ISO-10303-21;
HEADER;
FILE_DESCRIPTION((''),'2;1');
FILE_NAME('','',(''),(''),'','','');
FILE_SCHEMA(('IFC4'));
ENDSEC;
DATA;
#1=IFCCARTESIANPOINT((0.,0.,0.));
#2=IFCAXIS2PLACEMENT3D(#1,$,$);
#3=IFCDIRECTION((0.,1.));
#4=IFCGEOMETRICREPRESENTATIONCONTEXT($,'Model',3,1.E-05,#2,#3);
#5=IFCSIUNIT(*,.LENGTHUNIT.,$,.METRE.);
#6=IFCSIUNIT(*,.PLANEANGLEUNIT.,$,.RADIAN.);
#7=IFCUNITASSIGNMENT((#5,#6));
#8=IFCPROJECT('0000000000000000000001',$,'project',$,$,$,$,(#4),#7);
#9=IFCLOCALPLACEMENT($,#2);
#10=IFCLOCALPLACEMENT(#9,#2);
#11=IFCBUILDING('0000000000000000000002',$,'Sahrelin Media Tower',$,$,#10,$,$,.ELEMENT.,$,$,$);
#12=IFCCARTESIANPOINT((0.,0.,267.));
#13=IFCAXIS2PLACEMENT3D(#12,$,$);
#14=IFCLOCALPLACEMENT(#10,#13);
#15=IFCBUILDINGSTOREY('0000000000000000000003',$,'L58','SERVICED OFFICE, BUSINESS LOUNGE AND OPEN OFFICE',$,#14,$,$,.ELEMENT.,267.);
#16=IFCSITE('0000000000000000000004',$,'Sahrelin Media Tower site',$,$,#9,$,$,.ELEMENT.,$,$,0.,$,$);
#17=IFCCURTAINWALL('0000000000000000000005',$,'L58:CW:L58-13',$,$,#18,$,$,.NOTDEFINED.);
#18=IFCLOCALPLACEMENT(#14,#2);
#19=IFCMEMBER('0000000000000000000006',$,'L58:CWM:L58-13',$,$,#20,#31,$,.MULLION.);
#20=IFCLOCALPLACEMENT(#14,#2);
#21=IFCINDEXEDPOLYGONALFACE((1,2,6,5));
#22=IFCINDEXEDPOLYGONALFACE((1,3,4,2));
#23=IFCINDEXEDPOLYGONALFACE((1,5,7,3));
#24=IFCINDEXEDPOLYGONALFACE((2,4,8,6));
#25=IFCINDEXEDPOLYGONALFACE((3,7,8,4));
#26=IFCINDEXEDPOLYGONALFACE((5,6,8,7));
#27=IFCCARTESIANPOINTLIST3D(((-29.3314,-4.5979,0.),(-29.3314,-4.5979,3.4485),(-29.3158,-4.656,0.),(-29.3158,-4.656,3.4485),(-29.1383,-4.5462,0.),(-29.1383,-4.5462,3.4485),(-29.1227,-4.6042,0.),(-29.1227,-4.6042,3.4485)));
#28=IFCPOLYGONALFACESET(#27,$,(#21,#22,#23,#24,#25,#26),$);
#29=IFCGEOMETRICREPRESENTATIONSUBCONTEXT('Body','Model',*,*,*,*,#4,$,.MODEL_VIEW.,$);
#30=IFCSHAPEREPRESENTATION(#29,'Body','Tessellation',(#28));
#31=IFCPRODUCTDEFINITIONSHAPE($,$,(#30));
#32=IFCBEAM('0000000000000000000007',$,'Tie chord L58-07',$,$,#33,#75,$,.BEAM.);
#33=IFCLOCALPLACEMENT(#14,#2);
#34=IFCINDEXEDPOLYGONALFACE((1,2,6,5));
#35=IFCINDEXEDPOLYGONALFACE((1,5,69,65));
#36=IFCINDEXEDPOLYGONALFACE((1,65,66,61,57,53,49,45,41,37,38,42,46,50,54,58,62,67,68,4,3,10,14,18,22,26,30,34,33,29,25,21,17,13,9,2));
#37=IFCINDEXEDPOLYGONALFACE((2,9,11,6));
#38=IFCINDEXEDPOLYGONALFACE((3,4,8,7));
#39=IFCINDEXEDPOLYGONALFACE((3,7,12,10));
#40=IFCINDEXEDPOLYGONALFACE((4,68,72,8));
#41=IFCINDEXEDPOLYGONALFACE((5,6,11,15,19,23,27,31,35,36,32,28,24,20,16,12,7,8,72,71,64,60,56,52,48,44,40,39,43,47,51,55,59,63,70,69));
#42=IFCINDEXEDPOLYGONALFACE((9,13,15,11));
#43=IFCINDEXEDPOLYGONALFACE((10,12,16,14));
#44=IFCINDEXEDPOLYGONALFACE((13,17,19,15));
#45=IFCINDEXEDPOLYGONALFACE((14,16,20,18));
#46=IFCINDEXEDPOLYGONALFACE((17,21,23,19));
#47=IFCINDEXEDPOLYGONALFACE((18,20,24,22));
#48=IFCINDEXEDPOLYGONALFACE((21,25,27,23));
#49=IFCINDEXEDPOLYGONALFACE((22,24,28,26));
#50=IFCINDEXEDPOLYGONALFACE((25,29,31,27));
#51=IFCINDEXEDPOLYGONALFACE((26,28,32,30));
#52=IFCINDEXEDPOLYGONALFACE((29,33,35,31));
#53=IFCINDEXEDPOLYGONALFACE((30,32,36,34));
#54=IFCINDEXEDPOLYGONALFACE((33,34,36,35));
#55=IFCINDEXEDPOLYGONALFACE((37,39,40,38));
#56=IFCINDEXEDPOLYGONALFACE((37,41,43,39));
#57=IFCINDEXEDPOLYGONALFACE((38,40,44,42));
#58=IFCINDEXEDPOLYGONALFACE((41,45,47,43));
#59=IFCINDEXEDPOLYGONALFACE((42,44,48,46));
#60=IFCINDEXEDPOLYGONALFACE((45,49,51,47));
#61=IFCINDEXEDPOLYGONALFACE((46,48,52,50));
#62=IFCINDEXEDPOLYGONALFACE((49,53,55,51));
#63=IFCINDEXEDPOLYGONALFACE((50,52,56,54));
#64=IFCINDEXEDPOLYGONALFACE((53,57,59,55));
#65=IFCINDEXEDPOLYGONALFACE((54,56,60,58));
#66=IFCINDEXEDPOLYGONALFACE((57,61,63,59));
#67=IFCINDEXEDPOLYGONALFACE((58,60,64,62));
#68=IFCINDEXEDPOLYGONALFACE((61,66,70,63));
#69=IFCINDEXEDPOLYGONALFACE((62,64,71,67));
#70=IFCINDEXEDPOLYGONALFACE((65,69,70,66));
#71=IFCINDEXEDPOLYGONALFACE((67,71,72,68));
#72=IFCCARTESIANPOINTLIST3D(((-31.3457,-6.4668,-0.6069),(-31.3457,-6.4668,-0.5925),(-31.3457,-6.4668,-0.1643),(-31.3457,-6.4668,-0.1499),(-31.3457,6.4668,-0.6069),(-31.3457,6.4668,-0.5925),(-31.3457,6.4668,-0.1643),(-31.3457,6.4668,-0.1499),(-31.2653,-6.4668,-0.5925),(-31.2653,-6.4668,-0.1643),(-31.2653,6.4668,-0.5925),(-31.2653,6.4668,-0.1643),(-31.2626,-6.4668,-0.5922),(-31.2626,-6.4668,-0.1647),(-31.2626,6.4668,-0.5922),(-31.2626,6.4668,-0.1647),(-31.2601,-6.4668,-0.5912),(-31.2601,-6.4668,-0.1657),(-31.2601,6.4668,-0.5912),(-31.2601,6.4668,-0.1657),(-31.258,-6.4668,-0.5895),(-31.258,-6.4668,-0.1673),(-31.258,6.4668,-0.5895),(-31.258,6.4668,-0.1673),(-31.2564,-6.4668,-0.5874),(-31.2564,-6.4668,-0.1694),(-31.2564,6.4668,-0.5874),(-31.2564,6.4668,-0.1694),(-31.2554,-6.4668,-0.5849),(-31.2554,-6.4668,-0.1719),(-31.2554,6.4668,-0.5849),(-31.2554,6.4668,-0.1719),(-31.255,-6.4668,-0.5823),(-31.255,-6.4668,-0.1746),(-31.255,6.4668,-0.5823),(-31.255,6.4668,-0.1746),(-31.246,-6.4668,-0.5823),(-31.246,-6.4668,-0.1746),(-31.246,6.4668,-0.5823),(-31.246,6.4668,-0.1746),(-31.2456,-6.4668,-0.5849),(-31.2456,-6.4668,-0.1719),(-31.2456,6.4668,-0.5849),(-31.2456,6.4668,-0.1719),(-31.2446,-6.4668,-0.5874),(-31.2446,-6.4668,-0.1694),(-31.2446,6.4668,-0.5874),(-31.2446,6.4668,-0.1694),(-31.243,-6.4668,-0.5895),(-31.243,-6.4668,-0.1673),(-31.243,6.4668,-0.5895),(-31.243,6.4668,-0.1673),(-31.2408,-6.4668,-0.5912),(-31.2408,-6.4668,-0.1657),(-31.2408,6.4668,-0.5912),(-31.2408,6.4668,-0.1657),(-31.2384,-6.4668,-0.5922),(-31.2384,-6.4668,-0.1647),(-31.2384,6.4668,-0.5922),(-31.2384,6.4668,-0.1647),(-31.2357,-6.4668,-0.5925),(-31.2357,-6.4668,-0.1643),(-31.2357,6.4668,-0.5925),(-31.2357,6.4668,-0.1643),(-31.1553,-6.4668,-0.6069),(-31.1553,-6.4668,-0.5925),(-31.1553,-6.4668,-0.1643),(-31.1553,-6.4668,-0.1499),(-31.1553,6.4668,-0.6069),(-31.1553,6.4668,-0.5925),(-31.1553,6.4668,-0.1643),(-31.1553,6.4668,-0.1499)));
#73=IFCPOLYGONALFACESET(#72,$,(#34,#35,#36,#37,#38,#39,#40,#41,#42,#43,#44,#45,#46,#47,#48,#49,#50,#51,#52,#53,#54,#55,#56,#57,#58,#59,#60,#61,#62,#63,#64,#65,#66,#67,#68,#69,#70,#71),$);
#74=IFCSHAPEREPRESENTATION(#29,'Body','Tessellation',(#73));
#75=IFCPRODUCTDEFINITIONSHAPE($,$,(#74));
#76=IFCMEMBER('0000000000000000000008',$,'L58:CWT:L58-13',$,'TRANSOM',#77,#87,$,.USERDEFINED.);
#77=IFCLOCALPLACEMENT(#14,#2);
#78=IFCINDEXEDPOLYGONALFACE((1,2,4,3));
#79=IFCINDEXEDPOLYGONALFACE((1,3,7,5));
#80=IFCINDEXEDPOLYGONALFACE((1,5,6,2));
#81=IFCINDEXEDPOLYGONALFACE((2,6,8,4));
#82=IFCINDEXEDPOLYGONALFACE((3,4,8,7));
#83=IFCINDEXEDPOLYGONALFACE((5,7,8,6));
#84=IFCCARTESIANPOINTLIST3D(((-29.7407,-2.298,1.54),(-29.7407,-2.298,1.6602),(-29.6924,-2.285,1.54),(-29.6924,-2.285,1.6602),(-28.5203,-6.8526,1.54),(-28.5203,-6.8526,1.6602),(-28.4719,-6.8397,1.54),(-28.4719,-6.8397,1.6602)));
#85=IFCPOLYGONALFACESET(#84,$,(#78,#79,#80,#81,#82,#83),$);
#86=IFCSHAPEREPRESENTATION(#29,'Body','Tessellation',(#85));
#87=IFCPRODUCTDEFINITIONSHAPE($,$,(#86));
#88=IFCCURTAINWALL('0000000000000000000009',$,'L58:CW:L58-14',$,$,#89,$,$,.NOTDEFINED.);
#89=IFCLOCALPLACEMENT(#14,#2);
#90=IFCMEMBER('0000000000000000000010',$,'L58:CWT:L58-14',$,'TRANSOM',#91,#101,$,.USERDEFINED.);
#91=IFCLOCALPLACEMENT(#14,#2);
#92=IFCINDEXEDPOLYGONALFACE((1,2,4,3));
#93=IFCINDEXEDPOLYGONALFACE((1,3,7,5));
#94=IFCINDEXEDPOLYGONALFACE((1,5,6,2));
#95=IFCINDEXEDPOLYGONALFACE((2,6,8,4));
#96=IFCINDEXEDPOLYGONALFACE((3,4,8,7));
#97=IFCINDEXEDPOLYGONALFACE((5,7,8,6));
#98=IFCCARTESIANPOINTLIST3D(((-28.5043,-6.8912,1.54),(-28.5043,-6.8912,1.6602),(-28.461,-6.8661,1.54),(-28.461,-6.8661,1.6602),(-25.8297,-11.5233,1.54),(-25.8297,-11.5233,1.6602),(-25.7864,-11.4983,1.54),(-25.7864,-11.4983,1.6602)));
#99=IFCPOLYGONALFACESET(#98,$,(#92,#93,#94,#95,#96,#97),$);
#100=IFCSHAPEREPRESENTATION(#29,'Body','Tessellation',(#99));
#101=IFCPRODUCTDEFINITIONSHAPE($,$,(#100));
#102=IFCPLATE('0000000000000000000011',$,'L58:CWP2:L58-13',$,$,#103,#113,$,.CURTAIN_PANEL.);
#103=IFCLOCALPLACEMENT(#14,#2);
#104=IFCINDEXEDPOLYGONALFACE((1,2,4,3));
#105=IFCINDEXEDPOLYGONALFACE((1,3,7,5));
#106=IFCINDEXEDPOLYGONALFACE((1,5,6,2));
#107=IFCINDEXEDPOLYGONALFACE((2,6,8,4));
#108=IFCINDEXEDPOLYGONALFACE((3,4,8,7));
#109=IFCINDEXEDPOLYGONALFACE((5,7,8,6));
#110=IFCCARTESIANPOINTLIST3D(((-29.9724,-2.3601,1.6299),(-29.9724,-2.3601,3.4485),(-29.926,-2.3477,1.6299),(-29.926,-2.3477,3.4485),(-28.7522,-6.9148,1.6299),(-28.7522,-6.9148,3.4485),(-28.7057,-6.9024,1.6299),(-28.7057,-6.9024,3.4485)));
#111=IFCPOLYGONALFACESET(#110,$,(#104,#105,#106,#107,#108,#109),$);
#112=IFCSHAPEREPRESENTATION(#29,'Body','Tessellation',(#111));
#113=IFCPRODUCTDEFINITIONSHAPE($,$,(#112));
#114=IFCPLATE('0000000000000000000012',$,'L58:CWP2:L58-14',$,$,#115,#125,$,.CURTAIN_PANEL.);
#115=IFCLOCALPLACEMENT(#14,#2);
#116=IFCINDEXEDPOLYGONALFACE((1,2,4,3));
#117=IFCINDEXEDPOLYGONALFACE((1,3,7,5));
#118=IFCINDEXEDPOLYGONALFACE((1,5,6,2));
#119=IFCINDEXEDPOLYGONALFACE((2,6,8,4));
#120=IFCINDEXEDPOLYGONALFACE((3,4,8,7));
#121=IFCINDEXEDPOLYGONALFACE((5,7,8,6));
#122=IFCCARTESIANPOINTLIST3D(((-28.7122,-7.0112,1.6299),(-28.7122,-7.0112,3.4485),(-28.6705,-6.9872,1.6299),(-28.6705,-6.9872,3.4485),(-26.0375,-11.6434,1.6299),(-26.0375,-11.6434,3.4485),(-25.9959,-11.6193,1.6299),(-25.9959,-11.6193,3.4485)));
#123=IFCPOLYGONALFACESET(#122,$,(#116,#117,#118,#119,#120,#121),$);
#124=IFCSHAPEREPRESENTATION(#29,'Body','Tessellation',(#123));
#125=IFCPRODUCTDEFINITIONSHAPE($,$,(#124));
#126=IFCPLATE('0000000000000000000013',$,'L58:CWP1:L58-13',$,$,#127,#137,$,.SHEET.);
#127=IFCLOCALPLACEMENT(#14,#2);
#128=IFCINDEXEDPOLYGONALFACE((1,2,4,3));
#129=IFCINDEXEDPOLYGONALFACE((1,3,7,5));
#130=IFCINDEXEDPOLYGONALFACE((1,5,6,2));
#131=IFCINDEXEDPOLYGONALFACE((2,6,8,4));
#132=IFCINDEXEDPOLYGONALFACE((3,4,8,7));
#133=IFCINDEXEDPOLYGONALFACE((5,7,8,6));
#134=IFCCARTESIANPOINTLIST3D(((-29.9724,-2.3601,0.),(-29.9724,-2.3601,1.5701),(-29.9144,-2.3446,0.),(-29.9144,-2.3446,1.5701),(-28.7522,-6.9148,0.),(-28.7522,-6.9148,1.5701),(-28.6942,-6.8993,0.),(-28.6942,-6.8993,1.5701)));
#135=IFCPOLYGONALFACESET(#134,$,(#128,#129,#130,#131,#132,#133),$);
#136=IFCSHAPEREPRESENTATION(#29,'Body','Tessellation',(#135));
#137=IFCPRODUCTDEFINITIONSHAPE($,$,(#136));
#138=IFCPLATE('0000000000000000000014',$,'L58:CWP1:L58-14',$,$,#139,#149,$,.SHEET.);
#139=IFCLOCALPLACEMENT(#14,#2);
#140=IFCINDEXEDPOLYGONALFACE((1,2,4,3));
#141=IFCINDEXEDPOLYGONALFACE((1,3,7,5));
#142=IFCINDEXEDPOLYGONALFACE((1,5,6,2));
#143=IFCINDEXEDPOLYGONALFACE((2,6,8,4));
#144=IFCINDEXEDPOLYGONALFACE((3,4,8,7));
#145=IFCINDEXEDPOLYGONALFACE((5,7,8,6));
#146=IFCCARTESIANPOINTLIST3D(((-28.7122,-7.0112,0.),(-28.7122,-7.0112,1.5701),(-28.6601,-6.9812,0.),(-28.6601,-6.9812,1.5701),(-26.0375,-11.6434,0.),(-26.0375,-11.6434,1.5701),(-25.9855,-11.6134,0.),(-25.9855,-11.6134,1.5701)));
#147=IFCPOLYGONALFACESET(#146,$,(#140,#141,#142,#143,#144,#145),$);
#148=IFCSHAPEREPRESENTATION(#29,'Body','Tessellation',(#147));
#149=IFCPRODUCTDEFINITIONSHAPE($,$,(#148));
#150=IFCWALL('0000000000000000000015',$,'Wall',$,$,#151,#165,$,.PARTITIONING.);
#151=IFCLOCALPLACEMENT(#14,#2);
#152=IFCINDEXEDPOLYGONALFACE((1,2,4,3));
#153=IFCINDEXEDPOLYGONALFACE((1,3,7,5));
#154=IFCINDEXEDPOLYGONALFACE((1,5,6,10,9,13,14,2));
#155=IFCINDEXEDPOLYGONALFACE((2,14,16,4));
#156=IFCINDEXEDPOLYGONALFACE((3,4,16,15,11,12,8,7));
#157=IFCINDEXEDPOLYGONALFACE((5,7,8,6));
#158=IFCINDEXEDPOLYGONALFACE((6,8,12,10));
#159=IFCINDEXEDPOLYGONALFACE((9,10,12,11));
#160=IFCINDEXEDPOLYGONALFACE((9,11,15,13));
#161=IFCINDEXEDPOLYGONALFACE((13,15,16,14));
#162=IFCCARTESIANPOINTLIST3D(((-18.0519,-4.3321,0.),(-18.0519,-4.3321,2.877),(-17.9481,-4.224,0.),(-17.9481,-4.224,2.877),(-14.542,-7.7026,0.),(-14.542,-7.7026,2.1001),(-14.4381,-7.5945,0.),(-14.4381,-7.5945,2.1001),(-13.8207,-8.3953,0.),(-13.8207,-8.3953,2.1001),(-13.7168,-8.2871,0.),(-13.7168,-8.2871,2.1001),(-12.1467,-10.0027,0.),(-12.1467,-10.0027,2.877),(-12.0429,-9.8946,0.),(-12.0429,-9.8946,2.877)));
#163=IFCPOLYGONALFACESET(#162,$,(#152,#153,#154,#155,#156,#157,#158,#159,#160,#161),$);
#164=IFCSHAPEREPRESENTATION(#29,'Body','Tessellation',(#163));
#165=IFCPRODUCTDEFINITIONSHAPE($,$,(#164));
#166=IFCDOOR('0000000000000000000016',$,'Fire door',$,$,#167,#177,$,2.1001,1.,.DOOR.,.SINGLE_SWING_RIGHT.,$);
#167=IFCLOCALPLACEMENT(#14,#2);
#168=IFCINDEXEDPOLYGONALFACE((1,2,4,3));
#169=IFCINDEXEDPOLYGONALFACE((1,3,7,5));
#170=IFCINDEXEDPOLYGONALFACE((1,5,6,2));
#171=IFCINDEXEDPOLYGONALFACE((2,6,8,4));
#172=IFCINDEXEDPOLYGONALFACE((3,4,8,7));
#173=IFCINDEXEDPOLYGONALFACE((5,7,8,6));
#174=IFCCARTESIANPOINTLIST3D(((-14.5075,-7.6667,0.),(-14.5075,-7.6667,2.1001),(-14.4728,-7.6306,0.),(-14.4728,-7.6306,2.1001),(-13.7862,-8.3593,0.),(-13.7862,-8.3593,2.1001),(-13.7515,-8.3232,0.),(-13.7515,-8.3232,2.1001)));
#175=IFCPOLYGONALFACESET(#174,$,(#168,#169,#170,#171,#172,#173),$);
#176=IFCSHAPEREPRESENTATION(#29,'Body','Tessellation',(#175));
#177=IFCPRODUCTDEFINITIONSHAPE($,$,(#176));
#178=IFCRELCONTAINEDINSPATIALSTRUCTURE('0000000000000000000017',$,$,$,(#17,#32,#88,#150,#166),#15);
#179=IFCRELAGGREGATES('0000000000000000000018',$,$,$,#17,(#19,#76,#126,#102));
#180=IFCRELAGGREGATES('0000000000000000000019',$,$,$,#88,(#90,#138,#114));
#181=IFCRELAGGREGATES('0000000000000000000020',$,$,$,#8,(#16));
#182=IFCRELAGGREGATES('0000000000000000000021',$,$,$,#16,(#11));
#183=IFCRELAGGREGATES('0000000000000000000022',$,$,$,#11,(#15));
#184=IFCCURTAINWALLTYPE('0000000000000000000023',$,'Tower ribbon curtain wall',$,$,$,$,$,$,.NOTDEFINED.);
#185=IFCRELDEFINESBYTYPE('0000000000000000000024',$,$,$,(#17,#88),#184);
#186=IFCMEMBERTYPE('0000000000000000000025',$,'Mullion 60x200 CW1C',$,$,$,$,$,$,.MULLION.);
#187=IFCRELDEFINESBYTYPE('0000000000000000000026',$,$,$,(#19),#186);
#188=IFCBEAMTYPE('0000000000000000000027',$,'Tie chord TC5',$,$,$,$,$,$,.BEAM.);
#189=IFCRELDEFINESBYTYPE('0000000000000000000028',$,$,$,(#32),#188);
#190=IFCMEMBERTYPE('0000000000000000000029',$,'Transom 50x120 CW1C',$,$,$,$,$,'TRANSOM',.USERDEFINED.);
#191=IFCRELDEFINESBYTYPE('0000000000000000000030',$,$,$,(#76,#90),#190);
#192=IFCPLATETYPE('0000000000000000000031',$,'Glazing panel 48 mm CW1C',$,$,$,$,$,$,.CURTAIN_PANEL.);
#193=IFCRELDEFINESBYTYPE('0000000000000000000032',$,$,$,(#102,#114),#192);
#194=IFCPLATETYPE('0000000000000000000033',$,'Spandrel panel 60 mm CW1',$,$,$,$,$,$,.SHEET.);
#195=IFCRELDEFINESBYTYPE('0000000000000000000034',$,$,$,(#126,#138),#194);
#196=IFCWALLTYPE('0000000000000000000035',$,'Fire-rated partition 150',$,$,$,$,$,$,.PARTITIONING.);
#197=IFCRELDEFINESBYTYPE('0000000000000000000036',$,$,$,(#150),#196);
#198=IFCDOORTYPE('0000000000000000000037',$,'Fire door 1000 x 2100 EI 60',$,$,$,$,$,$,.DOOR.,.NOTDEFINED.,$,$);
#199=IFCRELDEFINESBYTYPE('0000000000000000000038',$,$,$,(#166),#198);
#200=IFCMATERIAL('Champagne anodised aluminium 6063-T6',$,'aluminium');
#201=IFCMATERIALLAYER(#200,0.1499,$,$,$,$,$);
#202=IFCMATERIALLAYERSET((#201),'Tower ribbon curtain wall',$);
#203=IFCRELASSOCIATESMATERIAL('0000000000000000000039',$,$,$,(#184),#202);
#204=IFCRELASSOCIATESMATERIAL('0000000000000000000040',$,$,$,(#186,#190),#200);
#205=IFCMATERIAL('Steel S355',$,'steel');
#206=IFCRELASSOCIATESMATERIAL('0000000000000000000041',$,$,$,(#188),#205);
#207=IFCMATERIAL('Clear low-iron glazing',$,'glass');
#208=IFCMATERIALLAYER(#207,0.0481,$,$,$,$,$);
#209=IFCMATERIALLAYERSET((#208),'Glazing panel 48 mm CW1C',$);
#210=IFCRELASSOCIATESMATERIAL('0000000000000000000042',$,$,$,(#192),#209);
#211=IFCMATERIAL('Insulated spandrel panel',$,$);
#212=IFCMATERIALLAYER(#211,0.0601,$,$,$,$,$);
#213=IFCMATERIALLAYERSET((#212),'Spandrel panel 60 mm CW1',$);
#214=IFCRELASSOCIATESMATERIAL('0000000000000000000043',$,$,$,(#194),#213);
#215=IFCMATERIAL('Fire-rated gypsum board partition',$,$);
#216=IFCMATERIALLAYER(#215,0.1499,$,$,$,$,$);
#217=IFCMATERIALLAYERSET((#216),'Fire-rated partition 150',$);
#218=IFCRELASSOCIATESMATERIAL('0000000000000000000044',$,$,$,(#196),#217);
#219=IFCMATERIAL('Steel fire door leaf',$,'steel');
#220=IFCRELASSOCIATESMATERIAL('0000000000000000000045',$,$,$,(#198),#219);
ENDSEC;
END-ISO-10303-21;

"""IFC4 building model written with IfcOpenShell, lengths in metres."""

from ifc_helpers import new_model, si_unit, direction, frame, frame_2d, origin, origin_2d, place, context, subcontext, project, spatial, polyline, rectangle, i_section, outline, extrude, material, layer, layer_set, material_profile, profile_set, type_object, element, fill, aggregate, save


model = new_model("IFC4")

# Units and contexts
model_context = context("Model", 3, precision=1e-05, world=origin(), true_north=direction((0.0, 1.0)))
body_context = subcontext(model_context, "Body", "Model", "MODEL_VIEW")
ifc_project = project(units=[si_unit("LENGTHUNIT", "METRE"), si_unit("PLANEANGLEUNIT", "RADIAN")], contexts=[model_context])

# Site, building, storey
site_placement = place(None, origin())
site = spatial("IfcSite", under=ifc_project, at=site_placement, Name="Sahrelin Media Tower site", CompositionType="ELEMENT", RefElevation=0.0)
building_placement = place(site_placement, origin())
building = spatial("IfcBuilding", under=site, at=building_placement, Name="Sahrelin Media Tower", CompositionType="ELEMENT")
storey_placement = place(building_placement, frame((0.0, 0.0, 267.0)))
storey = spatial("IfcBuildingStorey", under=building, at=storey_placement, Name="L58", Description="SERVICED OFFICE, BUSINESS LOUNGE AND OPEN OFFICE", CompositionType="ELEMENT", Elevation=267.0)

# Shared definitions
ifc_material_1 = material(Name="Steel S355", Category="steel")

# Curtain wall, member
ifc_material_2 = material(Name="Champagne anodised aluminium 6063-T6", Category="aluminium")
ifc_layer_1 = layer(ifc_material_2, 0.1499)
ifc_layer_set_1 = layer_set([ifc_layer_1], Name="Tower ribbon curtain wall")
curtain_wall_type = type_object("IfcCurtainWallType", Name="Tower ribbon curtain wall", PredefinedType="NOTDEFINED", material=ifc_layer_set_1)
ifc_material_profile_1 = material_profile(ifc_material_2, rectangle(XDim=0.0601, YDim=0.2, at=origin_2d()), Name="Mullion 60x200")
ifc_profile_set_1 = profile_set([ifc_material_profile_1], Name="Champagne anodised aluminium 6063-T6")
member_type_1 = type_object("IfcMemberType", Name="Mullion 60x200 CW1C", PredefinedType="MULLION", material=ifc_profile_set_1)
curtain_wall_1_placement = place(storey_placement, frame((-29.343, -4.6321, 0.0), z_axis=(0.0, 0.0, 1.0), x_axis=(1.0, 0.0, 0.0)))
curtain_wall_1 = element("IfcCurtainWall", 1, at=curtain_wall_1_placement, inside=storey, type_object=curtain_wall_type, Name="L58:CW:L58-13", PredefinedType="NOTDEFINED")
member_1_placement = place(storey_placement, frame((-29.2271, -4.6011, 0.0), z_axis=(0.0, 0.0, 1.0), x_axis=(0.258812, -0.965928, 0.0)))
member_1 = element("IfcMember", 2, at=member_1_placement, type_object=member_type_1, Name="L58:CWM:L58-13", PredefinedType="MULLION", context=body_context, shape_type="SweptSolid", body=[
    extrude(rectangle(XDim=0.0601, YDim=0.2, at=origin_2d()), origin(), (0.0, 0.0, 1.0), 3.4485),
])

# Beam
ifc_material_profile_2 = material_profile(ifc_material_1, i_section(OverallWidth=0.1904, OverallDepth=0.457, WebThickness=0.009, FlangeThickness=0.0144, FilletRadius=0.0103, at=origin_2d()), Name="UB 457x191x74")
ifc_profile_set_2 = profile_set([ifc_material_profile_2], Name="Steel S355")
beam_type_1 = type_object("IfcBeamType", Name="Tie chord TC5", PredefinedType="BEAM", material=ifc_profile_set_2)
beam_1_placement = place(storey_placement, frame((-31.2505, -6.4668, -0.3784), z_axis=(0.0, 1.0, 0.0), x_axis=(-1.0, 0.0, 0.0)))
element("IfcBeam", 3, at=beam_1_placement, inside=storey, type_object=beam_type_1, Name="Tie chord L58-07", PredefinedType="BEAM", context=body_context, shape_type="SweptSolid", body=[
    extrude(i_section(OverallWidth=0.1904, OverallDepth=0.457, WebThickness=0.009, FlangeThickness=0.0144, FilletRadius=0.0103, at=origin_2d()), origin(), (0.0, 0.0, 1.0), 12.9336),
])

# Member
ifc_material_profile_3 = material_profile(ifc_material_2, rectangle(XDim=0.05, YDim=0.1201, at=origin_2d()), Name="Transom 50x120")
ifc_profile_set_3 = profile_set([ifc_material_profile_3], Name="Champagne anodised aluminium 6063-T6")
member_type_2 = type_object("IfcMemberType", Name="Transom 50x120 CW1C", ElementType="TRANSOM", PredefinedType="USERDEFINED", material=ifc_profile_set_3)
member_2_placement = place(storey_placement, frame((-29.7166, -2.2915, 1.6001), z_axis=(0.258826, -0.965924, 0.0), x_axis=(0.965924, 0.258826, 0.0)))
member_2 = element("IfcMember", 4, at=member_2_placement, type_object=member_type_2, Name="L58:CWT:L58-13", ObjectType="TRANSOM", PredefinedType="USERDEFINED", context=body_context, shape_type="SweptSolid", body=[
    extrude(rectangle(XDim=0.05, YDim=0.1201, at=origin_2d()), origin(), (0.0, 0.0, 1.0), 4.7153),
])

# Curtain wall, member
curtain_wall_2_placement = place(storey_placement, frame((-27.3577, -9.3174, 0.0), z_axis=(0.0, 0.0, 1.0), x_axis=(1.0, 0.0, 0.0)))
curtain_wall_2 = element("IfcCurtainWall", 5, at=curtain_wall_2_placement, inside=storey, type_object=curtain_wall_type, Name="L58:CW:L58-14", PredefinedType="NOTDEFINED")
member_3_placement = place(storey_placement, frame((-28.4827, -6.8787, 1.6001), z_axis=(0.500032, -0.866007, 0.0), x_axis=(0.866007, 0.500032, 0.0)))
member_3 = element("IfcMember", 6, at=member_3_placement, type_object=member_type_2, Name="L58:CWT:L58-14", ObjectType="TRANSOM", PredefinedType="USERDEFINED", context=body_context, shape_type="SweptSolid", body=[
    extrude(rectangle(XDim=0.05, YDim=0.1201, at=origin_2d()), origin(), (0.0, 0.0, 1.0), 5.3489),
])

# Plates
ifc_material_3 = material(Name="Clear low-iron glazing", Category="glass")
ifc_layer_2 = layer(ifc_material_3, 0.0481)
ifc_layer_set_2 = layer_set([ifc_layer_2], Name="Glazing panel 48 mm CW1C")
plate_type_1 = type_object("IfcPlateType", Name="Glazing panel 48 mm CW1C", PredefinedType="CURTAIN_PANEL", material=ifc_layer_set_2)
plate_1_placement = place(storey_placement, frame((-29.9724, -2.3601, 1.6299), z_axis=(-0.965937, -0.258777, 0.0), x_axis=(0.258777, -0.965937, 0.0)))
plate_1 = element("IfcPlate", 7, at=plate_1_placement, type_object=plate_type_1, Name="L58:CWP2:L58-13", PredefinedType="CURTAIN_PANEL", context=body_context, shape_type="SweptSolid", body=[
    extrude(outline(polyline([(0.0, 0.0), (4.7153, 0.0), (4.7153, 1.8186), (0.0, 1.8186), (0.0, 0.0)])), origin(), (0.0, 0.0, -1.0), 0.0481),
])
plate_2_placement = place(storey_placement, frame((-28.7122, -7.0112, 1.6299), z_axis=(-0.866007, -0.500032, 0.0), x_axis=(0.500032, -0.866007, 0.0)))
plate_2 = element("IfcPlate", 8, at=plate_2_placement, type_object=plate_type_1, Name="L58:CWP2:L58-14", PredefinedType="CURTAIN_PANEL", context=body_context, shape_type="SweptSolid", body=[
    extrude(outline(polyline([(0.0, 0.0), (5.3489, 0.0), (5.3489, 1.8186), (0.0, 1.8186), (0.0, 0.0)])), origin(), (0.0, 0.0, -1.0), 0.0481),
])
ifc_material_4 = material(Name="Insulated spandrel panel")
ifc_layer_3 = layer(ifc_material_4, 0.0601)
ifc_layer_set_3 = layer_set([ifc_layer_3], Name="Spandrel panel 60 mm CW1")
plate_type_2 = type_object("IfcPlateType", Name="Spandrel panel 60 mm CW1", PredefinedType="SHEET", material=ifc_layer_set_3)
plate_3_placement = place(storey_placement, frame((-29.9724, -2.3601, 0.0), z_axis=(-0.965937, -0.258777, 0.0), x_axis=(0.258777, -0.965937, 0.0)))
plate_3 = element("IfcPlate", 9, at=plate_3_placement, type_object=plate_type_2, Name="L58:CWP1:L58-13", PredefinedType="SHEET", context=body_context, shape_type="SweptSolid", body=[
    extrude(outline(polyline([(0.0, 0.0), (4.7153, 0.0), (4.7153, 1.5701), (0.0, 1.5701), (0.0, 0.0)])), origin(), (0.0, 0.0, -1.0), 0.0601),
])
aggregate(curtain_wall_1, [member_1, member_2, plate_3, plate_1])
plate_4_placement = place(storey_placement, frame((-28.7122, -7.0112, 0.0), z_axis=(-0.866007, -0.500032, 0.0), x_axis=(0.500032, -0.866007, 0.0)))
plate_4 = element("IfcPlate", 10, at=plate_4_placement, type_object=plate_type_2, Name="L58:CWP1:L58-14", PredefinedType="SHEET", context=body_context, shape_type="SweptSolid", body=[
    extrude(outline(polyline([(0.0, 0.0), (5.3489, 0.0), (5.3489, 1.5701), (0.0, 1.5701), (0.0, 0.0)])), origin(), (0.0, 0.0, -1.0), 0.0601),
])
aggregate(curtain_wall_2, [member_3, plate_4, plate_2])

# Wall, opening, door
ifc_material_5 = material(Name="Fire-rated gypsum board partition")
ifc_layer_4 = layer(ifc_material_5, 0.1499)
ifc_layer_set_4 = layer_set([ifc_layer_4], Name="Fire-rated partition 150")
wall_type_1 = type_object("IfcWallType", Name="Fire-rated partition 150", PredefinedType="PARTITIONING", material=ifc_layer_set_4)
wall_1_placement = place(storey_placement, frame((-18.0, -4.2781, 0.0), z_axis=(0.0, 0.0, 1.0), x_axis=(0.72129, -0.692633, 0.0)))
wall_1 = element("IfcWall", 11, at=wall_1_placement, inside=storey, type_object=wall_type_1, Name="Wall", PredefinedType="PARTITIONING", context=body_context, shape_type="SweptSolid", body=[
    extrude(rectangle(XDim=8.187, YDim=0.1499, at=frame_2d((4.0935, 0.0))), origin(), (0.0, 0.0, 1.0), 2.877),
])
opening_1_placement = place(wall_1_placement, frame((4.8662, 0.0, 0.0)))
opening_1 = element("IfcOpeningElement", 12, at=opening_1_placement, cuts=wall_1, PredefinedType="OPENING", context=body_context, shape_type="SweptSolid", body=[
    extrude(rectangle(XDim=1.0, YDim=2.1001, at=frame_2d((0.5, 1.05))), frame((0.0, 0.075, 0.0), z_axis=(0.0, -1.0, 0.0), x_axis=(1.0, 0.0, 0.0)), (0.0, 0.0, 1.0), 0.1499),
])
ifc_material_6 = material(Name="Steel fire door leaf", Category="steel")
door_type_1 = type_object("IfcDoorType", Name="Fire door 1000 x 2100 EI 60", OperationType="NOTDEFINED", PredefinedType="DOOR", material=ifc_material_6)
door_1_placement = place(opening_1_placement, origin())
door_1 = element("IfcDoor", 13, at=door_1_placement, inside=storey, type_object=door_type_1, Name="Fire door", OperationType="SINGLE_SWING_RIGHT", OverallHeight=2.1001, OverallWidth=1.0, PredefinedType="DOOR", context=body_context, shape_type="SweptSolid", body=[
    extrude(rectangle(XDim=1.0, YDim=2.1001, at=frame_2d((0.5, 1.05))), frame((0.0, 0.0249, 0.0), z_axis=(0.0, -1.0, 0.0), x_axis=(1.0, 0.0, 0.0)), (0.0, 0.0, 1.0), 0.05),
])
fill(opening_1, door_1)

save(model, "model.ifc")
